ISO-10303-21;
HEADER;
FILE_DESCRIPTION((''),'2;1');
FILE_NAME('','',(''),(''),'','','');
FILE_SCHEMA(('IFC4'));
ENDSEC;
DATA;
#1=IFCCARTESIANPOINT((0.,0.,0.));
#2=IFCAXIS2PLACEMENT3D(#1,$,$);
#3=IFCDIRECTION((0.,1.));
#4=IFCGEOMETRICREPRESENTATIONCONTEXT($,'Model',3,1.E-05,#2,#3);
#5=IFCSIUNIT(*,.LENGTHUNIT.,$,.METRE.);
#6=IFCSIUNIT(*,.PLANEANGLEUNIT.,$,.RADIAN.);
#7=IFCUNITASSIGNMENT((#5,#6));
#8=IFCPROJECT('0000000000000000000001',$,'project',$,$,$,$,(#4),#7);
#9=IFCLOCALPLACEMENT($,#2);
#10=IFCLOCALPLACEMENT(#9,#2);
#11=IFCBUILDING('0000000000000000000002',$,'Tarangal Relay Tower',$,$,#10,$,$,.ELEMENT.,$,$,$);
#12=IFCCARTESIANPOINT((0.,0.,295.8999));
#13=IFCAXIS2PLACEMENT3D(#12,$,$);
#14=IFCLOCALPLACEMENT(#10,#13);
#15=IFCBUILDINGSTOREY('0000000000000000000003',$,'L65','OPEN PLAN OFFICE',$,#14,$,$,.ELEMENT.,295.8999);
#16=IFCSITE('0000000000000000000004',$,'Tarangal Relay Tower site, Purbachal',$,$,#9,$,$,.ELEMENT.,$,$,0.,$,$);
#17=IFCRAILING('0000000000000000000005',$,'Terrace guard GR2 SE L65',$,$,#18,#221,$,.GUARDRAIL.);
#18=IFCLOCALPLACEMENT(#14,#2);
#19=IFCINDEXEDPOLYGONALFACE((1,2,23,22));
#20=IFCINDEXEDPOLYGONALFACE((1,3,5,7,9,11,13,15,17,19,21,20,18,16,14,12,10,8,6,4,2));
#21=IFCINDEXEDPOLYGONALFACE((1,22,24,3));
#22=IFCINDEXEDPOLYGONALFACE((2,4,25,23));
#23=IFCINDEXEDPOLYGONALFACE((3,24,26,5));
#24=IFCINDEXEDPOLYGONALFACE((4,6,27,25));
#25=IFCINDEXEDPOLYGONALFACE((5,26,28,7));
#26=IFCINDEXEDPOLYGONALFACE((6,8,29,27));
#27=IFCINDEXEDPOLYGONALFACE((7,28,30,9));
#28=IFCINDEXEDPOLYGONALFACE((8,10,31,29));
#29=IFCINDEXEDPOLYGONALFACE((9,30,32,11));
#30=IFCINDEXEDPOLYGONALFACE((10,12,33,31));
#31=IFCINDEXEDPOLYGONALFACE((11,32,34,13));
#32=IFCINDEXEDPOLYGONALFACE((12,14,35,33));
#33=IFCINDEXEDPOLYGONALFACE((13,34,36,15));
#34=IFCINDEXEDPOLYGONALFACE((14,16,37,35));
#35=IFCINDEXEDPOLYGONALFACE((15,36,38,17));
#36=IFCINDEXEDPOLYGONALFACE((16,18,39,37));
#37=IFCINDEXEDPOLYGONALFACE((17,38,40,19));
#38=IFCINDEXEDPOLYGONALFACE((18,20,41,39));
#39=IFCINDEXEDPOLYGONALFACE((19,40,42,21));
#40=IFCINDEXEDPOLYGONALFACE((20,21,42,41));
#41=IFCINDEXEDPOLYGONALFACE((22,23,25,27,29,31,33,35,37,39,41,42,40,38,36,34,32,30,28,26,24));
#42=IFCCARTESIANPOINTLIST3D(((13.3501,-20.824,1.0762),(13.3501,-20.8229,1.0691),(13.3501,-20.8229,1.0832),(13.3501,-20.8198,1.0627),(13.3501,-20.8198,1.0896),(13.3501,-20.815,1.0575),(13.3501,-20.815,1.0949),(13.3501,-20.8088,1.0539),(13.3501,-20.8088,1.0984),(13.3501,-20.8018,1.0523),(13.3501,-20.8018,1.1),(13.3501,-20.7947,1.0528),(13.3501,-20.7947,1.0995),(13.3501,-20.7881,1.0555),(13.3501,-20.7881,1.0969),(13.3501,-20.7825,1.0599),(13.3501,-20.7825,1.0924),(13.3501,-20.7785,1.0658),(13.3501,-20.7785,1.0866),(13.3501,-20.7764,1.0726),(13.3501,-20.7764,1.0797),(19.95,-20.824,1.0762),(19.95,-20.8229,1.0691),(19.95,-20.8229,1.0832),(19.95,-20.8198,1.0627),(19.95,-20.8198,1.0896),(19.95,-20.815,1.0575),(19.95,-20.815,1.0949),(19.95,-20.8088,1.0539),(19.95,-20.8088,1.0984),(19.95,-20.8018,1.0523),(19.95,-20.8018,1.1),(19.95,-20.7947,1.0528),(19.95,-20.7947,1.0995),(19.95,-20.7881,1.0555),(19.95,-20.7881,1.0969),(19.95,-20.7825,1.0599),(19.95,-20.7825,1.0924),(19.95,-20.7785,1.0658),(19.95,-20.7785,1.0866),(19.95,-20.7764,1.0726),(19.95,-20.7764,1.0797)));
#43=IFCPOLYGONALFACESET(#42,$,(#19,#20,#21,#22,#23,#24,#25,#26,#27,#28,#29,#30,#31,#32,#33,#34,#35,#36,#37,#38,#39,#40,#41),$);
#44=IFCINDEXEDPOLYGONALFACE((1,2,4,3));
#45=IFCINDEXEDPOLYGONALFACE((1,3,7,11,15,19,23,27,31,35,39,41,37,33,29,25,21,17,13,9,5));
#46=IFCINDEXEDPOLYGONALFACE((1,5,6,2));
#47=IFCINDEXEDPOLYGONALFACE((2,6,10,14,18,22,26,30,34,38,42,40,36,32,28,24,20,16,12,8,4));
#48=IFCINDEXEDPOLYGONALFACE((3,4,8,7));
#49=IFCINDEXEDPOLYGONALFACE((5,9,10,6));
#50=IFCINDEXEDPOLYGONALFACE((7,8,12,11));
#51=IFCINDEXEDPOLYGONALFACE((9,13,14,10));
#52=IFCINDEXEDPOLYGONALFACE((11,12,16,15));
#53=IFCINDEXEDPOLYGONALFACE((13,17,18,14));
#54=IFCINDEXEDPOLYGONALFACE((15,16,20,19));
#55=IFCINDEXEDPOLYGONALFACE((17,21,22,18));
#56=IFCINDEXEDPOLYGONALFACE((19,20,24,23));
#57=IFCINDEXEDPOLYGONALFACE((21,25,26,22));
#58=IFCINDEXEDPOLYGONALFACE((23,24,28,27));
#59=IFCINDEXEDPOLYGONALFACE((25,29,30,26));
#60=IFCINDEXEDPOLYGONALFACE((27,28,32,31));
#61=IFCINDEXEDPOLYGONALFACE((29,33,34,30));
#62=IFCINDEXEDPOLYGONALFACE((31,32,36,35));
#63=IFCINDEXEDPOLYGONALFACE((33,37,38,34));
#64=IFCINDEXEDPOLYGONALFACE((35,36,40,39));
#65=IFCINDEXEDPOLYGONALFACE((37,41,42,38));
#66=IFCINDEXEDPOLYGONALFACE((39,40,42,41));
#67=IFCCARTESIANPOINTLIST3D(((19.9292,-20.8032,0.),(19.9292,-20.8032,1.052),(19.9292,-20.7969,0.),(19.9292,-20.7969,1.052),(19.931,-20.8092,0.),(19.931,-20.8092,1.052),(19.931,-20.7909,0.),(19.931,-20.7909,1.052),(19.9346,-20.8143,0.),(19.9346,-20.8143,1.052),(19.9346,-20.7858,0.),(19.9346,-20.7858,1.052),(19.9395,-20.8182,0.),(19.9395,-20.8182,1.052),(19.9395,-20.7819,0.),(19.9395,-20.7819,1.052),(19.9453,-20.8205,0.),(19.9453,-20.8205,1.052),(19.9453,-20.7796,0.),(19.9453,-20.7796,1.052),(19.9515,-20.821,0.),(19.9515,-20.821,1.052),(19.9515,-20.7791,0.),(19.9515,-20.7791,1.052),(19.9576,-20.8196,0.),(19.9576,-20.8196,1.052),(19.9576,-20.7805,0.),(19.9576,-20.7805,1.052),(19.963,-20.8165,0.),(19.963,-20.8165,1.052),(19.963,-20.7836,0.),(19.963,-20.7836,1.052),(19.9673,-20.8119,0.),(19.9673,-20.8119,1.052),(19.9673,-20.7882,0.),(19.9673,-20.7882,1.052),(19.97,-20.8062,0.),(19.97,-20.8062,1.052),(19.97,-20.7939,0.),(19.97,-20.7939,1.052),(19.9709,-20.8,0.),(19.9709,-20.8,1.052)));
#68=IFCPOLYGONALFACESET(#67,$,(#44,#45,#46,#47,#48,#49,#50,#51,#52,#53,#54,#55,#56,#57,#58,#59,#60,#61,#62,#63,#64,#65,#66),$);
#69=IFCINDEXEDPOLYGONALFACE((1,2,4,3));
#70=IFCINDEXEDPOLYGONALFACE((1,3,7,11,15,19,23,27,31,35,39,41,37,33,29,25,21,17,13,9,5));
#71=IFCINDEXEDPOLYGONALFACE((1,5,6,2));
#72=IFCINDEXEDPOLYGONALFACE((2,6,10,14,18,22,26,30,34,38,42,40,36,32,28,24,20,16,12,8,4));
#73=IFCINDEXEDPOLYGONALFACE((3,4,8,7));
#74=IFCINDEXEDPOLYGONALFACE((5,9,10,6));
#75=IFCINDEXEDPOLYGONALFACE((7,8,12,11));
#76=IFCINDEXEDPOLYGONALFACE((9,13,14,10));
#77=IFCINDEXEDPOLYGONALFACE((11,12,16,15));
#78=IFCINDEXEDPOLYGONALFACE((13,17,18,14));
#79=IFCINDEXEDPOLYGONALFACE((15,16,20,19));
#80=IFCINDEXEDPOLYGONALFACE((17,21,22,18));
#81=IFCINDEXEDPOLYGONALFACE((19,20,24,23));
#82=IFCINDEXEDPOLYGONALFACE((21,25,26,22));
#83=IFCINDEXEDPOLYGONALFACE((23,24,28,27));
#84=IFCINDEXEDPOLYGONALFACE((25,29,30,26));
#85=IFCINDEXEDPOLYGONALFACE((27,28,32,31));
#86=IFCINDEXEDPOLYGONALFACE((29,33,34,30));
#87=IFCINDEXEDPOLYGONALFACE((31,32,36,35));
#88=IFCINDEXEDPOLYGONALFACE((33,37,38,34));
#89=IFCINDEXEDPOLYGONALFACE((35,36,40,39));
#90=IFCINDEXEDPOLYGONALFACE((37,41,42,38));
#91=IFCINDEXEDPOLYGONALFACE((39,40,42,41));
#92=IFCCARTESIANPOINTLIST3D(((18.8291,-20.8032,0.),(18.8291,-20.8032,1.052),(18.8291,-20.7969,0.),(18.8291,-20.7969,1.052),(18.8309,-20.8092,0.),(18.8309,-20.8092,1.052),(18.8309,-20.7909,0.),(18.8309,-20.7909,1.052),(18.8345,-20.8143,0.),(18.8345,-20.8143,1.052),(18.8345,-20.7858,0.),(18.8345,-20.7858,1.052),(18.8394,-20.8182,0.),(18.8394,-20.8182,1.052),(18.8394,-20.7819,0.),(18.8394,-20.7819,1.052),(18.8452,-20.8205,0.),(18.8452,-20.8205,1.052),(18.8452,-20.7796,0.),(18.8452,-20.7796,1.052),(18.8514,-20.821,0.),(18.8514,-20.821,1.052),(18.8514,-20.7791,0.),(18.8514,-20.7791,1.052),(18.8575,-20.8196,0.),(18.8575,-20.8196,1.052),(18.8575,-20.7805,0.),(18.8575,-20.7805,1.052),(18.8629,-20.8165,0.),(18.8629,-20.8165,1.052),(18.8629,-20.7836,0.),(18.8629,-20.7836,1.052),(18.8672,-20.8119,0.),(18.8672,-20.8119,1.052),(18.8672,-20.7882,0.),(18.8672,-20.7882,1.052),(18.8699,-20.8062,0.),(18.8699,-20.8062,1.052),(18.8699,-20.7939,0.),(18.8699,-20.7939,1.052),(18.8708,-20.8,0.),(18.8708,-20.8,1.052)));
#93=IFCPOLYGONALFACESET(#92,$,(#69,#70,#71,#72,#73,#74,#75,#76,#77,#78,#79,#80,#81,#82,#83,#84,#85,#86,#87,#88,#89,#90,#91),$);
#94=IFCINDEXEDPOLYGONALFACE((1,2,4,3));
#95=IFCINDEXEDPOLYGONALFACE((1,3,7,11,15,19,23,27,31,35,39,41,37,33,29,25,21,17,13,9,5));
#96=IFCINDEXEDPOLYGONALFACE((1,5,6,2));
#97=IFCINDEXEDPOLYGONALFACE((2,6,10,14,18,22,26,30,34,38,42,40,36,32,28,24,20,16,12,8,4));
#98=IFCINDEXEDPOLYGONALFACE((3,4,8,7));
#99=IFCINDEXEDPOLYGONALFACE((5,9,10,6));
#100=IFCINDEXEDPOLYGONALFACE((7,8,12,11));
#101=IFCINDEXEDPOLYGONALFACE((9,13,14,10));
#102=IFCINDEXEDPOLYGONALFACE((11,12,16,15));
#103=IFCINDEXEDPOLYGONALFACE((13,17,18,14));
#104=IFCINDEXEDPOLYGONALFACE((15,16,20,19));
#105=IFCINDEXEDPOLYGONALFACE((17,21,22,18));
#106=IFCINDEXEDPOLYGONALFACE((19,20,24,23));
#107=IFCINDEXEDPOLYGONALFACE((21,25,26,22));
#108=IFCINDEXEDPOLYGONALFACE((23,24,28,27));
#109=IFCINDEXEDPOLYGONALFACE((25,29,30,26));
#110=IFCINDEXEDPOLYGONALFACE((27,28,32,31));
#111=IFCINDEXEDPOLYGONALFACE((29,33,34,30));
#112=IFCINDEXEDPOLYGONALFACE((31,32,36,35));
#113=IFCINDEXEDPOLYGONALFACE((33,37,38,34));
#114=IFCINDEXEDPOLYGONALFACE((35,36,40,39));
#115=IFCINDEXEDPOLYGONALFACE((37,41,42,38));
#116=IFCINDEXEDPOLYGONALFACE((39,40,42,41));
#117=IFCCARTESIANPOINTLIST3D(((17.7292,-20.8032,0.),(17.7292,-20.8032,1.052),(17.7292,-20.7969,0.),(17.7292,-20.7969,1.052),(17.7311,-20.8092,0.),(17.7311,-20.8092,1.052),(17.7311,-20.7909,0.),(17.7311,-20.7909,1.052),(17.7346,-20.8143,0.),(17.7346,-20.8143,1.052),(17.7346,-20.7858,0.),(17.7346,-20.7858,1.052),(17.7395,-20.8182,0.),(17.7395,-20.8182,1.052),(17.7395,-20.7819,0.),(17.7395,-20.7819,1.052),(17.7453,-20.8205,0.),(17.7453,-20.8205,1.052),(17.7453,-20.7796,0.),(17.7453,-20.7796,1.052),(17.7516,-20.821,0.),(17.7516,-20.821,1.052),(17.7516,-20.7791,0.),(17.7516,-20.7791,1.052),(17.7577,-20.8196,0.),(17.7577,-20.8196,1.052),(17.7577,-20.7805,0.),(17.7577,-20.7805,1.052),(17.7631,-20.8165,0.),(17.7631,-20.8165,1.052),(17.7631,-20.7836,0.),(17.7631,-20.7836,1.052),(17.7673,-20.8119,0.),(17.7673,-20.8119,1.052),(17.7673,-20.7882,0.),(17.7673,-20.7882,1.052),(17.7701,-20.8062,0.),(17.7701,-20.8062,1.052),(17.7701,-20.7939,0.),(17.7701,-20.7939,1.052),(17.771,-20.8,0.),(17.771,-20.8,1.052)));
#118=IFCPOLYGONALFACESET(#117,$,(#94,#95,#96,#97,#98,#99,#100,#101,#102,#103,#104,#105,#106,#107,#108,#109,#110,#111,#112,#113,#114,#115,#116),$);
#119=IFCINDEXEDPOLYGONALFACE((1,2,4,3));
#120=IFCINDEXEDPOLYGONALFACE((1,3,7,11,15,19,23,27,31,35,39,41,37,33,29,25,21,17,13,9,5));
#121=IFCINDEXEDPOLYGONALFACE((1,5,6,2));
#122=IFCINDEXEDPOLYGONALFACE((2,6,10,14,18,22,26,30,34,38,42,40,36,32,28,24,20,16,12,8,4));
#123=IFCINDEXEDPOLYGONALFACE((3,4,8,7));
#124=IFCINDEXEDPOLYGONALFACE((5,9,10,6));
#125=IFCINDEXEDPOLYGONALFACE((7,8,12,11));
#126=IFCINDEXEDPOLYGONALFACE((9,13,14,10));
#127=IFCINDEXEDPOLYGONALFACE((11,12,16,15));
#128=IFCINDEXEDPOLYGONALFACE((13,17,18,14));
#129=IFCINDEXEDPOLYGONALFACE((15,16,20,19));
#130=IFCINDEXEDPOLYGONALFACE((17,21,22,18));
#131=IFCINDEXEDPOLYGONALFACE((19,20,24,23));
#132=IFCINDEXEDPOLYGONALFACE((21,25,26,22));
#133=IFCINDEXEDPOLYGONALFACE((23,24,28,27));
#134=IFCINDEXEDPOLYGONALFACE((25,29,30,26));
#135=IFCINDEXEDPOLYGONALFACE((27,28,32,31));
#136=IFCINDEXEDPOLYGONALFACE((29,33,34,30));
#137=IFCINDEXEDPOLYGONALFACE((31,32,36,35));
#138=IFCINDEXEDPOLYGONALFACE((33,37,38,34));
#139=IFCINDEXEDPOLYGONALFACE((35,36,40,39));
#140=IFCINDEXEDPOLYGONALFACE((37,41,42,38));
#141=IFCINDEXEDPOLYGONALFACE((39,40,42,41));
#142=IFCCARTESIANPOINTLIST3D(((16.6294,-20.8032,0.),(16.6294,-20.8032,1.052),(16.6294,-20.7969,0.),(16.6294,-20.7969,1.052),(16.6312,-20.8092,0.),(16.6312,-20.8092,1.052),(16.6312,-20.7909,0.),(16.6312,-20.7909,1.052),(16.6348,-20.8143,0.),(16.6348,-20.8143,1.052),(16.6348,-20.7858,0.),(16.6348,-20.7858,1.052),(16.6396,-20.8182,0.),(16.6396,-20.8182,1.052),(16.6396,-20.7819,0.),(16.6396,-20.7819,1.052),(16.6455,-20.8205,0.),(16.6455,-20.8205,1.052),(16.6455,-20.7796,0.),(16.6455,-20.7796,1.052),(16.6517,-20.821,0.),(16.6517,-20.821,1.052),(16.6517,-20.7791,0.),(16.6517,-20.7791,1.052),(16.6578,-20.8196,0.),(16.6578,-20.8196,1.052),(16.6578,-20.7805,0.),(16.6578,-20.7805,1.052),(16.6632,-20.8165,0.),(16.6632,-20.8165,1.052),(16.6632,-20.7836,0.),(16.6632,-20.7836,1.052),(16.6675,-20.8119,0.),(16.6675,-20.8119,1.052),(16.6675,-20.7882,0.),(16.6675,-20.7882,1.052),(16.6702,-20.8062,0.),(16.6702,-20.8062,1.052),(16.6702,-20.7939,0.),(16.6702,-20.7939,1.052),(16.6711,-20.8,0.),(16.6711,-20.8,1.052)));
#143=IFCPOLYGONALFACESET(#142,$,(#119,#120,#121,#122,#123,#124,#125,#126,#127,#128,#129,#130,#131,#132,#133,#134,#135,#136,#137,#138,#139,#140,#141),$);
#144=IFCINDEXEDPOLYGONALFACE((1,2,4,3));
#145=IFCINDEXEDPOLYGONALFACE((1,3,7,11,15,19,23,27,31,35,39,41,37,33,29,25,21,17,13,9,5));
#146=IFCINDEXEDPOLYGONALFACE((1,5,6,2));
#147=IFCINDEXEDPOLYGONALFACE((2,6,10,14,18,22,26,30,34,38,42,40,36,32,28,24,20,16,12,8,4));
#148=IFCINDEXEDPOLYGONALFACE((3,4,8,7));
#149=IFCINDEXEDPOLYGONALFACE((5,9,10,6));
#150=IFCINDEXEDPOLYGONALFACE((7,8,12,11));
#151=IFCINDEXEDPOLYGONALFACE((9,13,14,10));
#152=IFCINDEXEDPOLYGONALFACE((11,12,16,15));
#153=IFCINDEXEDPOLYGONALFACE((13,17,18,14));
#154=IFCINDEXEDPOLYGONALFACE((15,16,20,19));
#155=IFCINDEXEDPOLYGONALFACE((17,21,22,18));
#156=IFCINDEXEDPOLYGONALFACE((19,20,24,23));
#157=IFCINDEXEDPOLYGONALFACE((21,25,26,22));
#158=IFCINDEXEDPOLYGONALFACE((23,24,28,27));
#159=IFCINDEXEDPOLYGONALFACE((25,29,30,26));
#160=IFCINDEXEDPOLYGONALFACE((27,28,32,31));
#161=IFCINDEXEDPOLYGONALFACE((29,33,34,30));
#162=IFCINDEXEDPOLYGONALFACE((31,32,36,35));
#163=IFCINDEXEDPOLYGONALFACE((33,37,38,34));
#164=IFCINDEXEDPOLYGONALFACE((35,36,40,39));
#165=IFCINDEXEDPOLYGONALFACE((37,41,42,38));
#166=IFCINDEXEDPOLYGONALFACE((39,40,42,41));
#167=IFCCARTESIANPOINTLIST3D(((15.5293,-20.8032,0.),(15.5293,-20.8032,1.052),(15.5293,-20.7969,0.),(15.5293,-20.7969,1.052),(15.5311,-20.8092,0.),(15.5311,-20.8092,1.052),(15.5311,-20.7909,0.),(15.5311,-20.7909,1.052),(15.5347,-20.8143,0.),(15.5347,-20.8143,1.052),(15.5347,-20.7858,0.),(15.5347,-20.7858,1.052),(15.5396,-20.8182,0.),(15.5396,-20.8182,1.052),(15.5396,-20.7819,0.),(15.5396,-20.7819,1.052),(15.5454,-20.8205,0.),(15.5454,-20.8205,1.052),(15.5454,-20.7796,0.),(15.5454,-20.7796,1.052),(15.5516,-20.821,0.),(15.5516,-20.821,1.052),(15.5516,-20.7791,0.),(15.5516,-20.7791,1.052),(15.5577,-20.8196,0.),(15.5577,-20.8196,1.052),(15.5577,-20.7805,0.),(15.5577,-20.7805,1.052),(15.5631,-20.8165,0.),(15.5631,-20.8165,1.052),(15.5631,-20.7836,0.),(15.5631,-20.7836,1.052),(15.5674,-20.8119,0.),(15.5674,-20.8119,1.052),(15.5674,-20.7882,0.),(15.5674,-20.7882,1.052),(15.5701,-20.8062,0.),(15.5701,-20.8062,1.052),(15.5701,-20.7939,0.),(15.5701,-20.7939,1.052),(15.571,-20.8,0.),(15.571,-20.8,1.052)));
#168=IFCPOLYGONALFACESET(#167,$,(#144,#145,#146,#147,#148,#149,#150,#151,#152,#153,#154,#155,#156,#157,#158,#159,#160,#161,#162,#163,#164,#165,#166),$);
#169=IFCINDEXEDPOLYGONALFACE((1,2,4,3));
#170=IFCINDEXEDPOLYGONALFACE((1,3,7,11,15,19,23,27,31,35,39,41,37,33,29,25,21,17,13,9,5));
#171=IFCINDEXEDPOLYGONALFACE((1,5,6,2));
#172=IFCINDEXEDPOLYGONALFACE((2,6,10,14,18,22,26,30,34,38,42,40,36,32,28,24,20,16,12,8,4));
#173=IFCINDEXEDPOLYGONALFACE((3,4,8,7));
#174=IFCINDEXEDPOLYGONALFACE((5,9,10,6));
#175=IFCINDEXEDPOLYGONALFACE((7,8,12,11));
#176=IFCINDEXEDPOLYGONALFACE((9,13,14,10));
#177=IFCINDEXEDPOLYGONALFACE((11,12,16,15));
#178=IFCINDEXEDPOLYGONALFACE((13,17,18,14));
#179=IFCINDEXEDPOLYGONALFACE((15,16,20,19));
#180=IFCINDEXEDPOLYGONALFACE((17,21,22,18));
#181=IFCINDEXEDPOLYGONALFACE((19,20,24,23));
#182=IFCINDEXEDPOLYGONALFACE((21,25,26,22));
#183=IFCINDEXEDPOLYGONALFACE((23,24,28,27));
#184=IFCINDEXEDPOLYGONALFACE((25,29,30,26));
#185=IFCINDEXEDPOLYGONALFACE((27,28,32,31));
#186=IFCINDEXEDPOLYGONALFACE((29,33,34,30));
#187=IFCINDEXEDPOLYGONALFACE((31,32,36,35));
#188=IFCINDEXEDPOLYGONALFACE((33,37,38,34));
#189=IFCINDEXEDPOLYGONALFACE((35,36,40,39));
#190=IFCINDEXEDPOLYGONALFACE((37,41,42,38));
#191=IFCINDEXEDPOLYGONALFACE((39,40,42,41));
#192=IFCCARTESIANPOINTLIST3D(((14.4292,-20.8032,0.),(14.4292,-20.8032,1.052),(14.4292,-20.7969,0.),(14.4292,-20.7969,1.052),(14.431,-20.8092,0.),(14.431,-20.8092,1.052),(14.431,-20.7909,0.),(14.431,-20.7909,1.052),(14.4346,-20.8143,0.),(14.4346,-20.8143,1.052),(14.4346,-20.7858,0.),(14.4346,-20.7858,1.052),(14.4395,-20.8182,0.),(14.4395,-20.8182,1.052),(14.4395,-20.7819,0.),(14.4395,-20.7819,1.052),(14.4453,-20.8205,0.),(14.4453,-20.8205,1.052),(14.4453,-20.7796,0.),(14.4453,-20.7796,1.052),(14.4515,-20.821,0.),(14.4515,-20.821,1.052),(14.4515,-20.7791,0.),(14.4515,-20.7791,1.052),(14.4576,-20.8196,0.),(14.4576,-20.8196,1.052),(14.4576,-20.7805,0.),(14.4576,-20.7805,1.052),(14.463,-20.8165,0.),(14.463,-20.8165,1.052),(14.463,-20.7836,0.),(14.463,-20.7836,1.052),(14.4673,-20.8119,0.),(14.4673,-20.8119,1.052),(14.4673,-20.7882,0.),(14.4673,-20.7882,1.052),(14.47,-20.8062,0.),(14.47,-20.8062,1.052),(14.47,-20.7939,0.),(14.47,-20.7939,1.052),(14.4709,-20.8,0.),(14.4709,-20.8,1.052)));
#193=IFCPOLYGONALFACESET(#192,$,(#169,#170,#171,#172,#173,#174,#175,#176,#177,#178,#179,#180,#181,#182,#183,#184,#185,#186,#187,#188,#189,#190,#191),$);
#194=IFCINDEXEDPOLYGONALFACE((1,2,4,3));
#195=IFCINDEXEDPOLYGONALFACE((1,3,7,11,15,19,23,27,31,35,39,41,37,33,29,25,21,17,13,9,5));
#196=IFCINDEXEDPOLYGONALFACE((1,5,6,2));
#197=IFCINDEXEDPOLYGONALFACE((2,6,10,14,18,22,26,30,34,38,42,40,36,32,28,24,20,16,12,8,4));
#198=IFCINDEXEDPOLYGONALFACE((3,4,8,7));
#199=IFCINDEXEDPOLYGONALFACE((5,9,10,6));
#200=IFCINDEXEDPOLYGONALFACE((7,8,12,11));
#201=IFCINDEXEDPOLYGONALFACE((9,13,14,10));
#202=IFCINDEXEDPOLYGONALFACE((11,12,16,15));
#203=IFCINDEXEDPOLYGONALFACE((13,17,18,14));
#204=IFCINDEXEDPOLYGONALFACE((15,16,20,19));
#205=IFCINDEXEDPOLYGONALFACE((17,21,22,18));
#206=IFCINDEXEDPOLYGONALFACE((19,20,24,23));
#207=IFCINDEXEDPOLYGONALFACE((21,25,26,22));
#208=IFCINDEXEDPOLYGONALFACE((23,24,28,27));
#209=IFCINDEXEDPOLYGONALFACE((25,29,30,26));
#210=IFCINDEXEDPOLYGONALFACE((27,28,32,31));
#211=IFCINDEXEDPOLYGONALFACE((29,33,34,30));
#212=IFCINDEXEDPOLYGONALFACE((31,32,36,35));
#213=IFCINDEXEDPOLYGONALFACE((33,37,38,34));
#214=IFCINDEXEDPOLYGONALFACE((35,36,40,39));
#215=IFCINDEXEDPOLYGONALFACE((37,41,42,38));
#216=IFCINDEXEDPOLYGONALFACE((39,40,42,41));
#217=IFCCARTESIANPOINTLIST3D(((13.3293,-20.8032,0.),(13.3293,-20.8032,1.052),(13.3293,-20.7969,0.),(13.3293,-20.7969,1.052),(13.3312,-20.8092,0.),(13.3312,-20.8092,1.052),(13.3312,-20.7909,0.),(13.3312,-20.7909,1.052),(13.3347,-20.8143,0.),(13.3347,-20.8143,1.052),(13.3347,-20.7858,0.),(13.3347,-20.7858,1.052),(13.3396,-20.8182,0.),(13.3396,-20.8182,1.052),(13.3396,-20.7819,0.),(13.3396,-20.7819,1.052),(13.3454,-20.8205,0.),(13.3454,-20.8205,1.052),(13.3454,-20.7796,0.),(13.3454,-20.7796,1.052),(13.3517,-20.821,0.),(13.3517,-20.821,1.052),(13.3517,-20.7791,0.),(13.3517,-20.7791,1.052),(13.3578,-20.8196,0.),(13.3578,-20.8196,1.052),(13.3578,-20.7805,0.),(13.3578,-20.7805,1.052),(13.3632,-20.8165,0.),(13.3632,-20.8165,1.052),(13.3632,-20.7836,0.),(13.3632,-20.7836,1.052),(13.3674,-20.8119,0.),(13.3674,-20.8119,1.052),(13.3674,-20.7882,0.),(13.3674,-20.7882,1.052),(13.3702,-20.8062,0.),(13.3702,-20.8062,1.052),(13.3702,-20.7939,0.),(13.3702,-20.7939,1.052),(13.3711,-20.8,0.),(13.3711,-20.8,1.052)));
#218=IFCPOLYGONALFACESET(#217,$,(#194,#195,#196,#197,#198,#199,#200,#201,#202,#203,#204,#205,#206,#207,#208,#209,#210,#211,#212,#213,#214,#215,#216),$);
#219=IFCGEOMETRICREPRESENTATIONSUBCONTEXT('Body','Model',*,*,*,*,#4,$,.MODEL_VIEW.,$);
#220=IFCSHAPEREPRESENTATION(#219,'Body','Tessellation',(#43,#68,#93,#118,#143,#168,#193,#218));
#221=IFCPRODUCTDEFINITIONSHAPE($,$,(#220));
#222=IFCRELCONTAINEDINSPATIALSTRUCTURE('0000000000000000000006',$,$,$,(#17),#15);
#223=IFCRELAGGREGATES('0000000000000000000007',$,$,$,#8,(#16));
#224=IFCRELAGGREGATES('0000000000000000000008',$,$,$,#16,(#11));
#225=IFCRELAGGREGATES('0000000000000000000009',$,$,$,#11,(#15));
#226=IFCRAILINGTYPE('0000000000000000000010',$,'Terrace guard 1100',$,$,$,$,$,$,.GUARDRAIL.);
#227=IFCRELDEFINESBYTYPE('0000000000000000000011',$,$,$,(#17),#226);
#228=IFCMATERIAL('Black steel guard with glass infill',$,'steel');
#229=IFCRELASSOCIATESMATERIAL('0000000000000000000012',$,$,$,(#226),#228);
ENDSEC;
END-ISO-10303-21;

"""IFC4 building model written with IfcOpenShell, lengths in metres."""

from ifc_helpers import new_model, si_unit, direction, frame, origin, origin_2d, place, context, subcontext, project, spatial, circle, extrude, material, type_object, element, save


model = new_model("IFC4")

# Units and contexts
model_context = context("Model", 3, precision=1e-05, world=origin(), true_north=direction((0.0, 1.0)))
body_context = subcontext(model_context, "Body", "Model", "MODEL_VIEW")
ifc_project = project(units=[si_unit("LENGTHUNIT", "METRE"), si_unit("PLANEANGLEUNIT", "RADIAN")], contexts=[model_context])

# Site, building, storey
site_placement = place(None, origin())
site = spatial("IfcSite", under=ifc_project, at=site_placement, Name="Tarangal Relay Tower site, Purbachal", CompositionType="ELEMENT", RefElevation=0.0)
building_placement = place(site_placement, origin())
building = spatial("IfcBuilding", under=site, at=building_placement, Name="Tarangal Relay Tower", CompositionType="ELEMENT")
storey_placement = place(building_placement, frame((0.0, 0.0, 295.8999)))
storey = spatial("IfcBuildingStorey", under=building, at=storey_placement, Name="L65", Description="OPEN PLAN OFFICE", CompositionType="ELEMENT", Elevation=295.8999)

# Railing
ifc_material_1 = material(Name="Black steel guard with glass infill", Category="steel")
railing_type = type_object("IfcRailingType", Name="Terrace guard 1100", PredefinedType="GUARDRAIL", material=ifc_material_1)
railing_1_placement = place(storey_placement, frame((19.95, -20.8, 0.0)))
element("IfcRailing", 1, at=railing_1_placement, inside=storey, type_object=railing_type, Name="Terrace guard GR2 SE L65", PredefinedType="GUARDRAIL", context=body_context, shape_type="SweptSolid", body=[
    extrude(circle(Radius=0.0239, at=origin_2d()), frame((0.0, 0.0, 1.0762), z_axis=(-1.0, 0.0, 0.0), x_axis=(0.0, -1.0, 0.0)), (0.0, 0.0, 1.0), 6.5999),
    extrude(circle(Radius=0.021, at=origin_2d()), origin(), (0.0, 0.0, 1.0), 1.052),
    extrude(circle(Radius=0.021, at=origin_2d()), frame((-1.1001, 0.0, 0.0)), (0.0, 0.0, 1.0), 1.052),
    extrude(circle(Radius=0.021, at=origin_2d()), frame((-2.2, 0.0, 0.0)), (0.0, 0.0, 1.0), 1.052),
    extrude(circle(Radius=0.021, at=origin_2d()), frame((-3.2998, 0.0, 0.0)), (0.0, 0.0, 1.0), 1.052),
    extrude(circle(Radius=0.021, at=origin_2d()), frame((-4.3999, 0.0, 0.0)), (0.0, 0.0, 1.0), 1.052),
    extrude(circle(Radius=0.021, at=origin_2d()), frame((-5.5, 0.0, 0.0)), (0.0, 0.0, 1.0), 1.052),
    extrude(circle(Radius=0.021, at=origin_2d()), frame((-6.5999, 0.0, 0.0)), (0.0, 0.0, 1.0), 1.052),
])

save(model, "model.ifc")
